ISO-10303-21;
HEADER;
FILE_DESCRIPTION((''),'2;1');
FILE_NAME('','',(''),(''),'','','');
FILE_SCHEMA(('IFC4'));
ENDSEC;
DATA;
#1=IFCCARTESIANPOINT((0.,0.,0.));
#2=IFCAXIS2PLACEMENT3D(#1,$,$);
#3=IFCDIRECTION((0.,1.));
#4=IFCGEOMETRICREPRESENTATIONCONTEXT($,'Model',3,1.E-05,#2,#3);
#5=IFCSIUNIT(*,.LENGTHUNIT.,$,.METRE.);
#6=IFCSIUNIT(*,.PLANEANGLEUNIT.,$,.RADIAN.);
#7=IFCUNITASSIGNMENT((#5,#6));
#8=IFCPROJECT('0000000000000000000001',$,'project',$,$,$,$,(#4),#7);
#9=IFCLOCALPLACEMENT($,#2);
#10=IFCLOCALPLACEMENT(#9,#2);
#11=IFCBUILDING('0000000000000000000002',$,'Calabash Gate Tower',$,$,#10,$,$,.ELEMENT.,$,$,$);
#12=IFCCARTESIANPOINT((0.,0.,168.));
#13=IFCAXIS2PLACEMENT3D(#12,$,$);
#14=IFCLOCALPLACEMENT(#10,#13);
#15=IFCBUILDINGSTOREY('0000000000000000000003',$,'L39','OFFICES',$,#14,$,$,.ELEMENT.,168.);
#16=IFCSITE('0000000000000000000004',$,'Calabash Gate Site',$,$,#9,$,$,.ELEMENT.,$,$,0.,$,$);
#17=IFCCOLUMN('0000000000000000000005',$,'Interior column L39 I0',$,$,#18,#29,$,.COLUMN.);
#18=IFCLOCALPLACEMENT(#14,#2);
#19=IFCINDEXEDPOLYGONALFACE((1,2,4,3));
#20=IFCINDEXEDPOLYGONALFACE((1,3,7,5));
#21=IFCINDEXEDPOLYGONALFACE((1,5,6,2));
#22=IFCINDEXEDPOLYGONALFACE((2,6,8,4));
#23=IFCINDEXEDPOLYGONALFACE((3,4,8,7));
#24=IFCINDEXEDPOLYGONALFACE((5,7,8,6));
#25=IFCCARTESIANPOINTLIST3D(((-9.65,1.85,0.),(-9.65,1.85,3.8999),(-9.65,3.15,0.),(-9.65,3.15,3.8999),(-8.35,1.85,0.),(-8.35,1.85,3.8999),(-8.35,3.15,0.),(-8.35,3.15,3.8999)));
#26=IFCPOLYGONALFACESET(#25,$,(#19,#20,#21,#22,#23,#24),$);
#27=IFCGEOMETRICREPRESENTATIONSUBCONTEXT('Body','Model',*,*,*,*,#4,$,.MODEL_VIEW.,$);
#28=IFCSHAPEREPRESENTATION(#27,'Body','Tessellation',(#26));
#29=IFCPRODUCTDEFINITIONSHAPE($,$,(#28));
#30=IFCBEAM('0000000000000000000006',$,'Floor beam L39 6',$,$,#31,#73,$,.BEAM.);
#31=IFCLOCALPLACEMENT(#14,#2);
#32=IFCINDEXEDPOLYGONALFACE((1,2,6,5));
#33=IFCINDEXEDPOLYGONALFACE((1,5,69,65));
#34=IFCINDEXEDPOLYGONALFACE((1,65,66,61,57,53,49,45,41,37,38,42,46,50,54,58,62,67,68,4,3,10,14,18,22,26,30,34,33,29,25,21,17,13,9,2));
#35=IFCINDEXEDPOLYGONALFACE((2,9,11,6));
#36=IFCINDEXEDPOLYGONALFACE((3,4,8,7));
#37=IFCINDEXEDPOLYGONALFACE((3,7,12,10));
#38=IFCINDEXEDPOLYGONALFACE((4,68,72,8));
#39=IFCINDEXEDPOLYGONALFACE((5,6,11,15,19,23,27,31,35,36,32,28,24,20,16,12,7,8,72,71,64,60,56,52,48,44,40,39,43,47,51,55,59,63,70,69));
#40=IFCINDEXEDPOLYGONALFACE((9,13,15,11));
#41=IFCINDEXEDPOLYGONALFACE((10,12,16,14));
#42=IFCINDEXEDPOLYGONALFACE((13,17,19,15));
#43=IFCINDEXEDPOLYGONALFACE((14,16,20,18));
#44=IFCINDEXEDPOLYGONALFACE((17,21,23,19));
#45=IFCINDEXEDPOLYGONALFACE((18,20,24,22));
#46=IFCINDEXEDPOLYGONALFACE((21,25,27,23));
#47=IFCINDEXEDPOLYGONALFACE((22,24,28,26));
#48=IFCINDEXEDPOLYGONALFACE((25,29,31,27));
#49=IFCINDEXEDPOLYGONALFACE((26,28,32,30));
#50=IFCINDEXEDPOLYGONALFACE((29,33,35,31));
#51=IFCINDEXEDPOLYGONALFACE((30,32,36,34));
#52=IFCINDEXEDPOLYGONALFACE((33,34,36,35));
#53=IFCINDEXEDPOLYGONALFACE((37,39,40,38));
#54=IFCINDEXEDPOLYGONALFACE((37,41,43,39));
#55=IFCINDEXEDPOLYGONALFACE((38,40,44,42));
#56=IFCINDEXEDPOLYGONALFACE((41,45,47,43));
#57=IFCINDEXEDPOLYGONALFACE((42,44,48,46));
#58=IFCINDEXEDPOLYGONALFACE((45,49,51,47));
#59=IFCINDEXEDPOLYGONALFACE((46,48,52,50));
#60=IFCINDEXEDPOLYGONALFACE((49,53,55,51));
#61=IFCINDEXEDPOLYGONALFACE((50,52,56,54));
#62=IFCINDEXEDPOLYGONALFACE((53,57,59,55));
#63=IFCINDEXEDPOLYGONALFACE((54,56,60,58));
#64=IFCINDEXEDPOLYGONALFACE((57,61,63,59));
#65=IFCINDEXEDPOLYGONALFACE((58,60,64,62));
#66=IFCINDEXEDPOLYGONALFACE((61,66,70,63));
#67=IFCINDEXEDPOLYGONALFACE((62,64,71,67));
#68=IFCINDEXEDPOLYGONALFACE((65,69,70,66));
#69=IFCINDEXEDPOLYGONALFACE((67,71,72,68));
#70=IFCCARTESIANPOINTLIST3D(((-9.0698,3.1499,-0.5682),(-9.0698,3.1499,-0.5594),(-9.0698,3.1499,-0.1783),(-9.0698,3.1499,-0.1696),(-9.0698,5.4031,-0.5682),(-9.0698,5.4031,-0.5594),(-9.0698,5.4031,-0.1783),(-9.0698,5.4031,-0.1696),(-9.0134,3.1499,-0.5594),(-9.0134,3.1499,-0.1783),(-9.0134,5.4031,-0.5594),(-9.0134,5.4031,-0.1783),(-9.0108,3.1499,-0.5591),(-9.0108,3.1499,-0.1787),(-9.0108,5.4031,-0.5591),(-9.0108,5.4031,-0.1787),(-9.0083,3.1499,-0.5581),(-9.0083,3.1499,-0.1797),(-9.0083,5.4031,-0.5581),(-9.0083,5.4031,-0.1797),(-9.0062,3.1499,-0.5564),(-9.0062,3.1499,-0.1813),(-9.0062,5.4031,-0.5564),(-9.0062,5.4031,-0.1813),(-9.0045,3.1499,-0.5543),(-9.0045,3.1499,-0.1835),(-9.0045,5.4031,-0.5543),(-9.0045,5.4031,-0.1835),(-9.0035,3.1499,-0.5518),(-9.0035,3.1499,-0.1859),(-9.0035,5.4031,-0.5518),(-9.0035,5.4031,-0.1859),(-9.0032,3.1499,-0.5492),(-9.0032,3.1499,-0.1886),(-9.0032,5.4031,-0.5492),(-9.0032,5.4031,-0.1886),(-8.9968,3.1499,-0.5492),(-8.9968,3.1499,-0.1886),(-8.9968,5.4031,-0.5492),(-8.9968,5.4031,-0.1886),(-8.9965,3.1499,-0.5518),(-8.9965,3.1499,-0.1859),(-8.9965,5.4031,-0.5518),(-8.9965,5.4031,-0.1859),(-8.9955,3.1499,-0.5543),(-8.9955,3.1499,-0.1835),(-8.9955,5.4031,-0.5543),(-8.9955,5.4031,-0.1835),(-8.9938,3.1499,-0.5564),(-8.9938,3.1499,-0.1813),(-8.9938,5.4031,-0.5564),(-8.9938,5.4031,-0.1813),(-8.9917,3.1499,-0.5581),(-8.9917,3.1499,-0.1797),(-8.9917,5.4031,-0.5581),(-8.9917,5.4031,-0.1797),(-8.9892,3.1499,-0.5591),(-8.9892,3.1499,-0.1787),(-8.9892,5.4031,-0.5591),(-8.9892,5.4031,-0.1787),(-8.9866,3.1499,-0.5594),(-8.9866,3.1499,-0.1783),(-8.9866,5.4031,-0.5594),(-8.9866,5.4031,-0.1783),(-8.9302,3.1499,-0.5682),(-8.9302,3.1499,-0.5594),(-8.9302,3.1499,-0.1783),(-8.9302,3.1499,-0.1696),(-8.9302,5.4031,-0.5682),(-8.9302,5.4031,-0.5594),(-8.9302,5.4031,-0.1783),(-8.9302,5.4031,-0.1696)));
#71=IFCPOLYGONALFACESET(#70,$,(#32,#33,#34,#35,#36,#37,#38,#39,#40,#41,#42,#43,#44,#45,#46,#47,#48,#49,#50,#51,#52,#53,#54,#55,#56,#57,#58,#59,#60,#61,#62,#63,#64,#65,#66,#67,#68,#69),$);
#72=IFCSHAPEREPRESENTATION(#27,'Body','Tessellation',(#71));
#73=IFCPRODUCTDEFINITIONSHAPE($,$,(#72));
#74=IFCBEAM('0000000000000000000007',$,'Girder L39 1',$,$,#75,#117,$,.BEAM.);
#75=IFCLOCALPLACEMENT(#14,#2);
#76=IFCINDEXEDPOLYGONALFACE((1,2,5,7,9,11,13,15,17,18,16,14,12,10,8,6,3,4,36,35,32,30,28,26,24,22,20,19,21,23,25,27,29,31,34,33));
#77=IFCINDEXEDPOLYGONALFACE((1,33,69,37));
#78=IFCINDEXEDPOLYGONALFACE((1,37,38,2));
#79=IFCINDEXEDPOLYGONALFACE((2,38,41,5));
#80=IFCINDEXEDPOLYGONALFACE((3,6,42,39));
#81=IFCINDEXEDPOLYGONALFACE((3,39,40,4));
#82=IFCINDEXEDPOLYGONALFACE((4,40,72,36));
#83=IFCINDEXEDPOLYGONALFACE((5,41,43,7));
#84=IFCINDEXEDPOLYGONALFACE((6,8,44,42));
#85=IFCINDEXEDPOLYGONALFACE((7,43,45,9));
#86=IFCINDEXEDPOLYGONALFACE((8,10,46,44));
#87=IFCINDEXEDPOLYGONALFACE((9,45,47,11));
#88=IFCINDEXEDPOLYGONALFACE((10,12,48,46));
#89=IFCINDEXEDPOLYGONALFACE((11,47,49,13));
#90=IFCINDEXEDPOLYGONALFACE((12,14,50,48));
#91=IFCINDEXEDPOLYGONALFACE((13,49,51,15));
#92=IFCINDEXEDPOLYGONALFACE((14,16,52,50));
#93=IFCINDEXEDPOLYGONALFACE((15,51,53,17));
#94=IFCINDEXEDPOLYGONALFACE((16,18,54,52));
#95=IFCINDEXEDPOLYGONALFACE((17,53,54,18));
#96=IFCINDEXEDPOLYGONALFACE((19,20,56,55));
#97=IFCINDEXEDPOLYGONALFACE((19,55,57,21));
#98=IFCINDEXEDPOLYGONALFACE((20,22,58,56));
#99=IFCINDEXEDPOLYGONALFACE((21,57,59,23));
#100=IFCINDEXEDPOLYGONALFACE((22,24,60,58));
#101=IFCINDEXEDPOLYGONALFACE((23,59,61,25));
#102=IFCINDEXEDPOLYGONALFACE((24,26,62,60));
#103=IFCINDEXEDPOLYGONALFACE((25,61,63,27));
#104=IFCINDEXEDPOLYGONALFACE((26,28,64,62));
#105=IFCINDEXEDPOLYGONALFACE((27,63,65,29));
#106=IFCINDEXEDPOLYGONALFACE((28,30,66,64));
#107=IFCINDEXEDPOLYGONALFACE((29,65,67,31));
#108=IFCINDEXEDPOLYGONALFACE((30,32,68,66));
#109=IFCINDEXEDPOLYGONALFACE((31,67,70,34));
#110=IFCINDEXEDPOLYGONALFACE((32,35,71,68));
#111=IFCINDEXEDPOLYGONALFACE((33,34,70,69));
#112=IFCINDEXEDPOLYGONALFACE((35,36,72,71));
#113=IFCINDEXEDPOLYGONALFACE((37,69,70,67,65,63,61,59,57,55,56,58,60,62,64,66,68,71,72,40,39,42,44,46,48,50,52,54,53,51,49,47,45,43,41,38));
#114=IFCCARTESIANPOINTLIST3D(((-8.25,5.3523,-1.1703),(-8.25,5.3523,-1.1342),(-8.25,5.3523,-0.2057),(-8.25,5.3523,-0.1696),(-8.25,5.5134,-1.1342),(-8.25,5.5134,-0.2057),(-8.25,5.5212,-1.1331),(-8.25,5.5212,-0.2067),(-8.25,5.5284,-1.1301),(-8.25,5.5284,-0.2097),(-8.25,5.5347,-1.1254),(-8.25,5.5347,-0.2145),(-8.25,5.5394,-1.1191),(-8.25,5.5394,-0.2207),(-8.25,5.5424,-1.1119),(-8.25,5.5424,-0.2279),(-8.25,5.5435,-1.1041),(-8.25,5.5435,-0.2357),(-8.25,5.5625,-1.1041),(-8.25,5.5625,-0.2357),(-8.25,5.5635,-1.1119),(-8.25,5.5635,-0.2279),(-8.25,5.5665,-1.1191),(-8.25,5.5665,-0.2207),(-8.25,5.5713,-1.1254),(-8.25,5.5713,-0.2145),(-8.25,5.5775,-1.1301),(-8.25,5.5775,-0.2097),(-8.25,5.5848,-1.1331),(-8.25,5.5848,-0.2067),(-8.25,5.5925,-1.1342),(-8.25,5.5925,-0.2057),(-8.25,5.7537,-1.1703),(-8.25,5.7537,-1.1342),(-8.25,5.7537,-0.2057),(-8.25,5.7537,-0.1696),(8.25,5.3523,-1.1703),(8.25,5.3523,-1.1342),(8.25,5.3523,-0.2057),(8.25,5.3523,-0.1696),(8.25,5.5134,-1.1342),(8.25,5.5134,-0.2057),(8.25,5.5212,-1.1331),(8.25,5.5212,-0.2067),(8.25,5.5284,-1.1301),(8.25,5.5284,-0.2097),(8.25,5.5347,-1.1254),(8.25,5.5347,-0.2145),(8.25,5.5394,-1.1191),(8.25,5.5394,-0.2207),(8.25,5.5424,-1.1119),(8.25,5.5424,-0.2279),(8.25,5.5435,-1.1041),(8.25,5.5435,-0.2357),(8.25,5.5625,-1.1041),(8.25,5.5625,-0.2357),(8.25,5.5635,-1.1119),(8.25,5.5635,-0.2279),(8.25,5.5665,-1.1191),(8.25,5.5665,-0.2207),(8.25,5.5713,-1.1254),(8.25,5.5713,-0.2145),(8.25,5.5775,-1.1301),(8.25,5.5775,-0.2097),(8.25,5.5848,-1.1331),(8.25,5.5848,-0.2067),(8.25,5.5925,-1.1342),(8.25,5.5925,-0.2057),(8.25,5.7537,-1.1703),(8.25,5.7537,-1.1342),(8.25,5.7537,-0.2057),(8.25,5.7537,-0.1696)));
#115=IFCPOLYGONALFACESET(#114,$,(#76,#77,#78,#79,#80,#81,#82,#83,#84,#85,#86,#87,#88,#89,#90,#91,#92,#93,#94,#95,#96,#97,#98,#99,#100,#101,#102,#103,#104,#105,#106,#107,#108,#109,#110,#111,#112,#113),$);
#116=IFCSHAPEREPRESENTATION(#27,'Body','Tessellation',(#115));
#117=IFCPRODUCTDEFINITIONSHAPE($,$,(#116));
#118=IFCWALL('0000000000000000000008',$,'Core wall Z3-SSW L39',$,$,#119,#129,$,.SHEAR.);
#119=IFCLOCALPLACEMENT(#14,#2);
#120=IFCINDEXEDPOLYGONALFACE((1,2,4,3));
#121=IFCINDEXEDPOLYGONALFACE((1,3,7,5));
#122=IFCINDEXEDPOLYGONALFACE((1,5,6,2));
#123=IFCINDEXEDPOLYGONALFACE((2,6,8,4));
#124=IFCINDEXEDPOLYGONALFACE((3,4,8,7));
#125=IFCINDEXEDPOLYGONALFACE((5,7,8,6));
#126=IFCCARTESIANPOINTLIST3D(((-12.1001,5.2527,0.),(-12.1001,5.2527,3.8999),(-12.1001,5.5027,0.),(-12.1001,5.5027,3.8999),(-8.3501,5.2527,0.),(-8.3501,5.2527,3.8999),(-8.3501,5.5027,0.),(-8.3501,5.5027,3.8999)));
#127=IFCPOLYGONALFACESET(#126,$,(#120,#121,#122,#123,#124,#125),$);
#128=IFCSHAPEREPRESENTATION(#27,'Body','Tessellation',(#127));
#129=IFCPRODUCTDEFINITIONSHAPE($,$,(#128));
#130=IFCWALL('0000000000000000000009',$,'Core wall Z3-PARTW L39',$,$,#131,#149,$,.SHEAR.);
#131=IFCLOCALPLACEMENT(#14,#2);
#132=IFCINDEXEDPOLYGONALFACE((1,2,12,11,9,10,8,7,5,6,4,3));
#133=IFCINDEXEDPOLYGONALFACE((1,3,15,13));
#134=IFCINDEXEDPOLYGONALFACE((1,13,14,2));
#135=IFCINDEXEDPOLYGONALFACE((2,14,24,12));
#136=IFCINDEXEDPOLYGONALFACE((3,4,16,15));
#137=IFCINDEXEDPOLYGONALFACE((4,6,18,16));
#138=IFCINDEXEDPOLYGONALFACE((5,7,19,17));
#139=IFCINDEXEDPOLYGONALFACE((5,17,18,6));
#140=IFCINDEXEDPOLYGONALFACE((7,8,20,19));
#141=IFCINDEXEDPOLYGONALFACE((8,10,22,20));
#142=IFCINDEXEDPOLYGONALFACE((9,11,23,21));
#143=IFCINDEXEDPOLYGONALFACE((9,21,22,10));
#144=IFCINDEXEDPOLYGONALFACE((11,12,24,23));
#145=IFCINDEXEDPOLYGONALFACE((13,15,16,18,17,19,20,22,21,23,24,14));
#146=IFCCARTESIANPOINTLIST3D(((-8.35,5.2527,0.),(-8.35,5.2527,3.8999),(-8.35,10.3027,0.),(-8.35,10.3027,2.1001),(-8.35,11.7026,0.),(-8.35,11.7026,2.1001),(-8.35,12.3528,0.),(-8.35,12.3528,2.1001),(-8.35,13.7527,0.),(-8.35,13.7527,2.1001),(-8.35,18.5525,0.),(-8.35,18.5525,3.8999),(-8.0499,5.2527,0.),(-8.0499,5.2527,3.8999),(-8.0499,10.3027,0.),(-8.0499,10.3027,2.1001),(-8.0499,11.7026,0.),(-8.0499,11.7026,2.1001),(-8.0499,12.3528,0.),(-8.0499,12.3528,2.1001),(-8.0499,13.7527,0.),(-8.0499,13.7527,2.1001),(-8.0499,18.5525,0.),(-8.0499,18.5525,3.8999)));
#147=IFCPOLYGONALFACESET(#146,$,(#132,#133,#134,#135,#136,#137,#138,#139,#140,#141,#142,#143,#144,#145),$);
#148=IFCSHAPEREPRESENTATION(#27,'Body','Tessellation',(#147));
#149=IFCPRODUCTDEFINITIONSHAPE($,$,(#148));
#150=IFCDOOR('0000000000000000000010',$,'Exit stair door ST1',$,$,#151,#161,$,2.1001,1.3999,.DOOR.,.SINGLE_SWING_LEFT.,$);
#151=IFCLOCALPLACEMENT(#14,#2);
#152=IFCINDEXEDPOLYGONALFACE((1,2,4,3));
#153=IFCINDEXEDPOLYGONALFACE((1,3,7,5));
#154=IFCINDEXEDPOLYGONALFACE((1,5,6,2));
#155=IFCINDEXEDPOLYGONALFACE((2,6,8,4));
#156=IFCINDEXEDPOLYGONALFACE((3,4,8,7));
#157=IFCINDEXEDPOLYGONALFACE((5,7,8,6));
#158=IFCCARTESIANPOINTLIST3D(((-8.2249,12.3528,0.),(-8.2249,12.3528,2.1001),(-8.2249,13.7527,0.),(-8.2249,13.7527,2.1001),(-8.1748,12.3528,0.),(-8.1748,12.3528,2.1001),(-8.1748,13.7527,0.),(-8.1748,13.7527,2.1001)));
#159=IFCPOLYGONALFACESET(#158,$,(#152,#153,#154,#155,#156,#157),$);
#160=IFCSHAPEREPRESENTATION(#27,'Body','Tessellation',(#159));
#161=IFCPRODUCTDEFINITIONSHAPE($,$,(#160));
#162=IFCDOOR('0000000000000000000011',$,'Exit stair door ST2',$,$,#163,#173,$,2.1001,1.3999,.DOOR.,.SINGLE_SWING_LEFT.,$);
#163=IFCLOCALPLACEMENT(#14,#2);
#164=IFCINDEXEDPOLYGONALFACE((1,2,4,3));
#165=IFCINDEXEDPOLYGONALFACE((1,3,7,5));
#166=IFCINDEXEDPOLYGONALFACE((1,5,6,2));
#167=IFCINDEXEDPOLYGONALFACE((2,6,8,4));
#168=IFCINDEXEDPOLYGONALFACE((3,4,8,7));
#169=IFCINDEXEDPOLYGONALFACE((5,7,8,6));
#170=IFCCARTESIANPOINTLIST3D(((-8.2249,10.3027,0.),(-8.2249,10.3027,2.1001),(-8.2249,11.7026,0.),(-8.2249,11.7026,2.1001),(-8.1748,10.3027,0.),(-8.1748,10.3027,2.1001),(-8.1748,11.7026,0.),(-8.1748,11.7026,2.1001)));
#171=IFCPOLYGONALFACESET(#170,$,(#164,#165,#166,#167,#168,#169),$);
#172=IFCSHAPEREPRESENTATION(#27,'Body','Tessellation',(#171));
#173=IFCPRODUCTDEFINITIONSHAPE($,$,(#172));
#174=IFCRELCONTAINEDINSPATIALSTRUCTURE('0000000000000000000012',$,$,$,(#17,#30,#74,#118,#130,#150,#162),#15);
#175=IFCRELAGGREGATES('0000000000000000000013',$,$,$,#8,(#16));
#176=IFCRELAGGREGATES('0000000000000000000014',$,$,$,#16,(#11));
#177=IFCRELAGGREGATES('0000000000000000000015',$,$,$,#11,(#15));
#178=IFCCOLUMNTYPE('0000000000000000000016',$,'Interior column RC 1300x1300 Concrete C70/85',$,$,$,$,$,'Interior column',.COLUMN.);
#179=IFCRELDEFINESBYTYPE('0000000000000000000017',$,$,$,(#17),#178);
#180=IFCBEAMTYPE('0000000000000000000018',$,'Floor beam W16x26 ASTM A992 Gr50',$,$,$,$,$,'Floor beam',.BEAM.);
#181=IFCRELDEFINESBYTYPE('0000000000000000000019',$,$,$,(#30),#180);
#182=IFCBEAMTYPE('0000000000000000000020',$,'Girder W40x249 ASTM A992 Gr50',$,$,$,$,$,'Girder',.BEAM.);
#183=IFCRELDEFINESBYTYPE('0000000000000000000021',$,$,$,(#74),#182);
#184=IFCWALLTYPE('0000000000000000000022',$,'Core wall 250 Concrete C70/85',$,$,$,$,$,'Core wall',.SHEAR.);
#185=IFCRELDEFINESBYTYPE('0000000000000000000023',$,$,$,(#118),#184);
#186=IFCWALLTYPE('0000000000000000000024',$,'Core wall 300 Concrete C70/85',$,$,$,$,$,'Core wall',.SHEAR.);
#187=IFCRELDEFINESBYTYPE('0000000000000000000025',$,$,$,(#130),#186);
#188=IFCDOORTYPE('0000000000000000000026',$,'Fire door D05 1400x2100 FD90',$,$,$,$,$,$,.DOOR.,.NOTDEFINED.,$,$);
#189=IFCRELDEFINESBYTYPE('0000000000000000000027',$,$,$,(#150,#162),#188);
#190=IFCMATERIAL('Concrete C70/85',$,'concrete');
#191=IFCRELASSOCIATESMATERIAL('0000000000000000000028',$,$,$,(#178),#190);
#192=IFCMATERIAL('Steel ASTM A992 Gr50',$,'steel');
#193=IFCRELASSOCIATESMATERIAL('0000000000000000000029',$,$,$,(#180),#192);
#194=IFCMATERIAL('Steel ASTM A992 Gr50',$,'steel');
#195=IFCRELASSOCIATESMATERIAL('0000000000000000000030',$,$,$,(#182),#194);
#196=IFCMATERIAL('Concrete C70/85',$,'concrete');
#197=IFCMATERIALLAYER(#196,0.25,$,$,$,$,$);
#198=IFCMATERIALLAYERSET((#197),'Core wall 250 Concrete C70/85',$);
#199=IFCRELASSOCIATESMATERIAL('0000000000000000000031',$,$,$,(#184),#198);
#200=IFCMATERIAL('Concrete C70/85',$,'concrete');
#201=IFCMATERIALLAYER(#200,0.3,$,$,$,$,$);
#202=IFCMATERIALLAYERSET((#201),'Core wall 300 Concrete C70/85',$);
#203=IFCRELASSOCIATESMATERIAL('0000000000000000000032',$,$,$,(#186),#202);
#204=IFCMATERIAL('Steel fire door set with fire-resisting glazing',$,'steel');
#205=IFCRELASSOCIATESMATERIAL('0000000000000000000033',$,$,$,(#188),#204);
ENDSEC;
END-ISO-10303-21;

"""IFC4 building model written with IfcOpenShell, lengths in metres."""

from ifc_helpers import new_model, si_unit, direction, frame, frame_2d, origin, origin_2d, place, context, subcontext, project, spatial, rectangle, i_section, extrude, material, layer, layer_set, material_profile, profile_set, type_object, element, fill, save


model = new_model("IFC4")

# Units and contexts
model_context = context("Model", 3, precision=1e-05, world=origin(), true_north=direction((0.0, 1.0)))
body_context = subcontext(model_context, "Body", "Model", "MODEL_VIEW")
ifc_project = project(units=[si_unit("LENGTHUNIT", "METRE"), si_unit("PLANEANGLEUNIT", "RADIAN")], contexts=[model_context])

# Site, building, storey
site_placement = place(None, origin())
site = spatial("IfcSite", under=ifc_project, at=site_placement, Name="Calabash Gate Site", CompositionType="ELEMENT", RefElevation=0.0)
building_placement = place(site_placement, origin())
building = spatial("IfcBuilding", under=site, at=building_placement, Name="Calabash Gate Tower", CompositionType="ELEMENT")
storey_placement = place(building_placement, frame((0.0, 0.0, 168.0)))
storey = spatial("IfcBuildingStorey", under=building, at=storey_placement, Name="L39", Description="OFFICES", CompositionType="ELEMENT", Elevation=168.0)

# Column
ifc_material_1 = material(Name="Concrete C70/85", Category="concrete")
ifc_material_profile_1 = material_profile(ifc_material_1, rectangle(XDim=1.3, YDim=1.3, at=origin_2d()))
ifc_profile_set_1 = profile_set([ifc_material_profile_1], Name="Concrete C70/85")
column_type = type_object("IfcColumnType", Name="Interior column RC 1300x1300 Concrete C70/85", ElementType="Interior column", PredefinedType="COLUMN", material=ifc_profile_set_1)
column_placement = place(storey_placement, frame((-9.0, 2.5, 0.0), z_axis=(0.0, 0.0, 1.0), x_axis=(1.0, 0.0, 0.0)))
element("IfcColumn", 1, at=column_placement, inside=storey, type_object=column_type, Name="Interior column L39 I0", PredefinedType="COLUMN", context=body_context, shape_type="SweptSolid", body=[
    extrude(rectangle(XDim=1.3, YDim=1.3, at=origin_2d()), origin(), (0.0, 0.0, 1.0), 3.8999),
])

# Beams
ifc_material_2 = material(Name="Steel ASTM A992 Gr50", Category="steel")
ifc_material_profile_2 = material_profile(ifc_material_2, i_section(OverallWidth=0.1396, OverallDepth=0.3987, WebThickness=0.0063, FlangeThickness=0.0088, FilletRadius=0.0103, at=origin_2d()))
ifc_profile_set_2 = profile_set([ifc_material_profile_2], Name="Steel ASTM A992 Gr50")
beam_type_1 = type_object("IfcBeamType", Name="Floor beam W16x26 ASTM A992 Gr50", ElementType="Floor beam", PredefinedType="BEAM", material=ifc_profile_set_2)
beam_1_placement = place(storey_placement, frame((-9.0, 3.1499, -0.3689), z_axis=(0.0, 1.0, 0.0), x_axis=(-1.0, 0.0, 0.0)))
element("IfcBeam", 2, at=beam_1_placement, inside=storey, type_object=beam_type_1, Name="Floor beam L39 6", PredefinedType="BEAM", context=body_context, shape_type="SweptSolid", body=[
    extrude(i_section(OverallWidth=0.1396, OverallDepth=0.3987, WebThickness=0.0063, FlangeThickness=0.0088, FilletRadius=0.0103, at=origin_2d()), origin(), (0.0, 0.0, 1.0), 2.2532),
])
ifc_material_3 = material(Name="Steel ASTM A992 Gr50", Category="steel")
ifc_material_profile_3 = material_profile(ifc_material_3, i_section(OverallWidth=0.4014, OverallDepth=1.0007, WebThickness=0.019, FlangeThickness=0.0361, FilletRadius=0.03, at=origin_2d()))
ifc_profile_set_3 = profile_set([ifc_material_profile_3], Name="Steel ASTM A992 Gr50")
beam_type_2 = type_object("IfcBeamType", Name="Girder W40x249 ASTM A992 Gr50", ElementType="Girder", PredefinedType="BEAM", material=ifc_profile_set_3)
beam_2_placement = place(storey_placement, frame((-8.25, 5.553, -0.6699), z_axis=(1.0, 0.0, 0.0), x_axis=(0.0, 1.0, 0.0)))
element("IfcBeam", 3, at=beam_2_placement, inside=storey, type_object=beam_type_2, Name="Girder L39 1", PredefinedType="BEAM", context=body_context, shape_type="SweptSolid", body=[
    extrude(i_section(OverallWidth=0.4014, OverallDepth=1.0007, WebThickness=0.019, FlangeThickness=0.0361, FilletRadius=0.03, at=origin_2d()), origin(), (0.0, 0.0, 1.0), 16.5),
])

# Wall
ifc_material_4 = material(Name="Concrete C70/85", Category="concrete")
ifc_layer_1 = layer(ifc_material_4, 0.25)
ifc_layer_set_1 = layer_set([ifc_layer_1], Name="Core wall 250 Concrete C70/85")
wall_type_1 = type_object("IfcWallType", Name="Core wall 250 Concrete C70/85", ElementType="Core wall", PredefinedType="SHEAR", material=ifc_layer_set_1)
wall_1_placement = place(storey_placement, frame((-12.1001, 5.3777, 0.0), z_axis=(0.0, 0.0, 1.0), x_axis=(1.0, 0.0, 0.0)))
element("IfcWall", 4, at=wall_1_placement, inside=storey, type_object=wall_type_1, Name="Core wall Z3-SSW L39", PredefinedType="SHEAR", context=body_context, shape_type="SweptSolid", body=[
    extrude(rectangle(XDim=3.75, YDim=0.25, at=frame_2d((1.875, 0.0))), origin(), (0.0, 0.0, 1.0), 3.8999),
])

# Wall, openings, doors
ifc_material_5 = material(Name="Concrete C70/85", Category="concrete")
ifc_layer_2 = layer(ifc_material_5, 0.3)
ifc_layer_set_2 = layer_set([ifc_layer_2], Name="Core wall 300 Concrete C70/85")
wall_type_2 = type_object("IfcWallType", Name="Core wall 300 Concrete C70/85", ElementType="Core wall", PredefinedType="SHEAR", material=ifc_layer_set_2)
wall_2_placement = place(storey_placement, frame((-8.2, 5.2527, 0.0), z_axis=(0.0, 0.0, 1.0), x_axis=(0.0, 1.0, 0.0)))
wall_2 = element("IfcWall", 5, at=wall_2_placement, inside=storey, type_object=wall_type_2, Name="Core wall Z3-PARTW L39", PredefinedType="SHEAR", context=body_context, shape_type="SweptSolid", body=[
    extrude(rectangle(XDim=13.2998, YDim=0.3, at=frame_2d((6.6499, 0.0))), origin(), (0.0, 0.0, 1.0), 3.8999),
])
opening_1_placement = place(wall_2_placement, frame((7.1001, 0.0, 0.0)))
opening_1 = element("IfcOpeningElement", 6, at=opening_1_placement, cuts=wall_2, PredefinedType="OPENING", context=body_context, shape_type="SweptSolid", body=[
    extrude(rectangle(XDim=1.3999, YDim=2.1001, at=frame_2d((0.7, 1.05))), frame((0.0, 0.1599, 0.0), z_axis=(0.0, -1.0, 0.0), x_axis=(1.0, 0.0, 0.0)), (0.0, 0.0, 1.0), 0.3201),
])
opening_2_placement = place(wall_2_placement, frame((5.05, 0.0, 0.0)))
opening_2 = element("IfcOpeningElement", 7, at=opening_2_placement, cuts=wall_2, PredefinedType="OPENING", context=body_context, shape_type="SweptSolid", body=[
    extrude(rectangle(XDim=1.3999, YDim=2.1001, at=frame_2d((0.7, 1.05))), frame((0.0, 0.1599, 0.0), z_axis=(0.0, -1.0, 0.0), x_axis=(1.0, 0.0, 0.0)), (0.0, 0.0, 1.0), 0.3201),
])
ifc_material_6 = material(Name="Steel fire door set with fire-resisting glazing", Category="steel")
door_type_1 = type_object("IfcDoorType", Name="Fire door D05 1400x2100 FD90", OperationType="NOTDEFINED", PredefinedType="DOOR", material=ifc_material_6)
door_1_placement = place(opening_1_placement, origin())
door_1 = element("IfcDoor", 8, at=door_1_placement, inside=storey, type_object=door_type_1, Name="Exit stair door ST1", OperationType="SINGLE_SWING_LEFT", OverallHeight=2.1001, OverallWidth=1.3999, PredefinedType="DOOR", context=body_context, shape_type="SweptSolid", body=[
    extrude(rectangle(XDim=1.3999, YDim=2.1001, at=frame_2d((0.7, 1.05))), frame((0.0, 0.0249, 0.0), z_axis=(0.0, -1.0, 0.0), x_axis=(1.0, 0.0, 0.0)), (0.0, 0.0, 1.0), 0.05),
])
fill(opening_1, door_1)
door_2_placement = place(opening_2_placement, origin())
door_2 = element("IfcDoor", 9, at=door_2_placement, inside=storey, type_object=door_type_1, Name="Exit stair door ST2", OperationType="SINGLE_SWING_LEFT", OverallHeight=2.1001, OverallWidth=1.3999, PredefinedType="DOOR", context=body_context, shape_type="SweptSolid", body=[
    extrude(rectangle(XDim=1.3999, YDim=2.1001, at=frame_2d((0.7, 1.05))), frame((0.0, 0.0249, 0.0), z_axis=(0.0, -1.0, 0.0), x_axis=(1.0, 0.0, 0.0)), (0.0, 0.0, 1.0), 0.05),
])
fill(opening_2, door_2)

save(model, "model.ifc")
